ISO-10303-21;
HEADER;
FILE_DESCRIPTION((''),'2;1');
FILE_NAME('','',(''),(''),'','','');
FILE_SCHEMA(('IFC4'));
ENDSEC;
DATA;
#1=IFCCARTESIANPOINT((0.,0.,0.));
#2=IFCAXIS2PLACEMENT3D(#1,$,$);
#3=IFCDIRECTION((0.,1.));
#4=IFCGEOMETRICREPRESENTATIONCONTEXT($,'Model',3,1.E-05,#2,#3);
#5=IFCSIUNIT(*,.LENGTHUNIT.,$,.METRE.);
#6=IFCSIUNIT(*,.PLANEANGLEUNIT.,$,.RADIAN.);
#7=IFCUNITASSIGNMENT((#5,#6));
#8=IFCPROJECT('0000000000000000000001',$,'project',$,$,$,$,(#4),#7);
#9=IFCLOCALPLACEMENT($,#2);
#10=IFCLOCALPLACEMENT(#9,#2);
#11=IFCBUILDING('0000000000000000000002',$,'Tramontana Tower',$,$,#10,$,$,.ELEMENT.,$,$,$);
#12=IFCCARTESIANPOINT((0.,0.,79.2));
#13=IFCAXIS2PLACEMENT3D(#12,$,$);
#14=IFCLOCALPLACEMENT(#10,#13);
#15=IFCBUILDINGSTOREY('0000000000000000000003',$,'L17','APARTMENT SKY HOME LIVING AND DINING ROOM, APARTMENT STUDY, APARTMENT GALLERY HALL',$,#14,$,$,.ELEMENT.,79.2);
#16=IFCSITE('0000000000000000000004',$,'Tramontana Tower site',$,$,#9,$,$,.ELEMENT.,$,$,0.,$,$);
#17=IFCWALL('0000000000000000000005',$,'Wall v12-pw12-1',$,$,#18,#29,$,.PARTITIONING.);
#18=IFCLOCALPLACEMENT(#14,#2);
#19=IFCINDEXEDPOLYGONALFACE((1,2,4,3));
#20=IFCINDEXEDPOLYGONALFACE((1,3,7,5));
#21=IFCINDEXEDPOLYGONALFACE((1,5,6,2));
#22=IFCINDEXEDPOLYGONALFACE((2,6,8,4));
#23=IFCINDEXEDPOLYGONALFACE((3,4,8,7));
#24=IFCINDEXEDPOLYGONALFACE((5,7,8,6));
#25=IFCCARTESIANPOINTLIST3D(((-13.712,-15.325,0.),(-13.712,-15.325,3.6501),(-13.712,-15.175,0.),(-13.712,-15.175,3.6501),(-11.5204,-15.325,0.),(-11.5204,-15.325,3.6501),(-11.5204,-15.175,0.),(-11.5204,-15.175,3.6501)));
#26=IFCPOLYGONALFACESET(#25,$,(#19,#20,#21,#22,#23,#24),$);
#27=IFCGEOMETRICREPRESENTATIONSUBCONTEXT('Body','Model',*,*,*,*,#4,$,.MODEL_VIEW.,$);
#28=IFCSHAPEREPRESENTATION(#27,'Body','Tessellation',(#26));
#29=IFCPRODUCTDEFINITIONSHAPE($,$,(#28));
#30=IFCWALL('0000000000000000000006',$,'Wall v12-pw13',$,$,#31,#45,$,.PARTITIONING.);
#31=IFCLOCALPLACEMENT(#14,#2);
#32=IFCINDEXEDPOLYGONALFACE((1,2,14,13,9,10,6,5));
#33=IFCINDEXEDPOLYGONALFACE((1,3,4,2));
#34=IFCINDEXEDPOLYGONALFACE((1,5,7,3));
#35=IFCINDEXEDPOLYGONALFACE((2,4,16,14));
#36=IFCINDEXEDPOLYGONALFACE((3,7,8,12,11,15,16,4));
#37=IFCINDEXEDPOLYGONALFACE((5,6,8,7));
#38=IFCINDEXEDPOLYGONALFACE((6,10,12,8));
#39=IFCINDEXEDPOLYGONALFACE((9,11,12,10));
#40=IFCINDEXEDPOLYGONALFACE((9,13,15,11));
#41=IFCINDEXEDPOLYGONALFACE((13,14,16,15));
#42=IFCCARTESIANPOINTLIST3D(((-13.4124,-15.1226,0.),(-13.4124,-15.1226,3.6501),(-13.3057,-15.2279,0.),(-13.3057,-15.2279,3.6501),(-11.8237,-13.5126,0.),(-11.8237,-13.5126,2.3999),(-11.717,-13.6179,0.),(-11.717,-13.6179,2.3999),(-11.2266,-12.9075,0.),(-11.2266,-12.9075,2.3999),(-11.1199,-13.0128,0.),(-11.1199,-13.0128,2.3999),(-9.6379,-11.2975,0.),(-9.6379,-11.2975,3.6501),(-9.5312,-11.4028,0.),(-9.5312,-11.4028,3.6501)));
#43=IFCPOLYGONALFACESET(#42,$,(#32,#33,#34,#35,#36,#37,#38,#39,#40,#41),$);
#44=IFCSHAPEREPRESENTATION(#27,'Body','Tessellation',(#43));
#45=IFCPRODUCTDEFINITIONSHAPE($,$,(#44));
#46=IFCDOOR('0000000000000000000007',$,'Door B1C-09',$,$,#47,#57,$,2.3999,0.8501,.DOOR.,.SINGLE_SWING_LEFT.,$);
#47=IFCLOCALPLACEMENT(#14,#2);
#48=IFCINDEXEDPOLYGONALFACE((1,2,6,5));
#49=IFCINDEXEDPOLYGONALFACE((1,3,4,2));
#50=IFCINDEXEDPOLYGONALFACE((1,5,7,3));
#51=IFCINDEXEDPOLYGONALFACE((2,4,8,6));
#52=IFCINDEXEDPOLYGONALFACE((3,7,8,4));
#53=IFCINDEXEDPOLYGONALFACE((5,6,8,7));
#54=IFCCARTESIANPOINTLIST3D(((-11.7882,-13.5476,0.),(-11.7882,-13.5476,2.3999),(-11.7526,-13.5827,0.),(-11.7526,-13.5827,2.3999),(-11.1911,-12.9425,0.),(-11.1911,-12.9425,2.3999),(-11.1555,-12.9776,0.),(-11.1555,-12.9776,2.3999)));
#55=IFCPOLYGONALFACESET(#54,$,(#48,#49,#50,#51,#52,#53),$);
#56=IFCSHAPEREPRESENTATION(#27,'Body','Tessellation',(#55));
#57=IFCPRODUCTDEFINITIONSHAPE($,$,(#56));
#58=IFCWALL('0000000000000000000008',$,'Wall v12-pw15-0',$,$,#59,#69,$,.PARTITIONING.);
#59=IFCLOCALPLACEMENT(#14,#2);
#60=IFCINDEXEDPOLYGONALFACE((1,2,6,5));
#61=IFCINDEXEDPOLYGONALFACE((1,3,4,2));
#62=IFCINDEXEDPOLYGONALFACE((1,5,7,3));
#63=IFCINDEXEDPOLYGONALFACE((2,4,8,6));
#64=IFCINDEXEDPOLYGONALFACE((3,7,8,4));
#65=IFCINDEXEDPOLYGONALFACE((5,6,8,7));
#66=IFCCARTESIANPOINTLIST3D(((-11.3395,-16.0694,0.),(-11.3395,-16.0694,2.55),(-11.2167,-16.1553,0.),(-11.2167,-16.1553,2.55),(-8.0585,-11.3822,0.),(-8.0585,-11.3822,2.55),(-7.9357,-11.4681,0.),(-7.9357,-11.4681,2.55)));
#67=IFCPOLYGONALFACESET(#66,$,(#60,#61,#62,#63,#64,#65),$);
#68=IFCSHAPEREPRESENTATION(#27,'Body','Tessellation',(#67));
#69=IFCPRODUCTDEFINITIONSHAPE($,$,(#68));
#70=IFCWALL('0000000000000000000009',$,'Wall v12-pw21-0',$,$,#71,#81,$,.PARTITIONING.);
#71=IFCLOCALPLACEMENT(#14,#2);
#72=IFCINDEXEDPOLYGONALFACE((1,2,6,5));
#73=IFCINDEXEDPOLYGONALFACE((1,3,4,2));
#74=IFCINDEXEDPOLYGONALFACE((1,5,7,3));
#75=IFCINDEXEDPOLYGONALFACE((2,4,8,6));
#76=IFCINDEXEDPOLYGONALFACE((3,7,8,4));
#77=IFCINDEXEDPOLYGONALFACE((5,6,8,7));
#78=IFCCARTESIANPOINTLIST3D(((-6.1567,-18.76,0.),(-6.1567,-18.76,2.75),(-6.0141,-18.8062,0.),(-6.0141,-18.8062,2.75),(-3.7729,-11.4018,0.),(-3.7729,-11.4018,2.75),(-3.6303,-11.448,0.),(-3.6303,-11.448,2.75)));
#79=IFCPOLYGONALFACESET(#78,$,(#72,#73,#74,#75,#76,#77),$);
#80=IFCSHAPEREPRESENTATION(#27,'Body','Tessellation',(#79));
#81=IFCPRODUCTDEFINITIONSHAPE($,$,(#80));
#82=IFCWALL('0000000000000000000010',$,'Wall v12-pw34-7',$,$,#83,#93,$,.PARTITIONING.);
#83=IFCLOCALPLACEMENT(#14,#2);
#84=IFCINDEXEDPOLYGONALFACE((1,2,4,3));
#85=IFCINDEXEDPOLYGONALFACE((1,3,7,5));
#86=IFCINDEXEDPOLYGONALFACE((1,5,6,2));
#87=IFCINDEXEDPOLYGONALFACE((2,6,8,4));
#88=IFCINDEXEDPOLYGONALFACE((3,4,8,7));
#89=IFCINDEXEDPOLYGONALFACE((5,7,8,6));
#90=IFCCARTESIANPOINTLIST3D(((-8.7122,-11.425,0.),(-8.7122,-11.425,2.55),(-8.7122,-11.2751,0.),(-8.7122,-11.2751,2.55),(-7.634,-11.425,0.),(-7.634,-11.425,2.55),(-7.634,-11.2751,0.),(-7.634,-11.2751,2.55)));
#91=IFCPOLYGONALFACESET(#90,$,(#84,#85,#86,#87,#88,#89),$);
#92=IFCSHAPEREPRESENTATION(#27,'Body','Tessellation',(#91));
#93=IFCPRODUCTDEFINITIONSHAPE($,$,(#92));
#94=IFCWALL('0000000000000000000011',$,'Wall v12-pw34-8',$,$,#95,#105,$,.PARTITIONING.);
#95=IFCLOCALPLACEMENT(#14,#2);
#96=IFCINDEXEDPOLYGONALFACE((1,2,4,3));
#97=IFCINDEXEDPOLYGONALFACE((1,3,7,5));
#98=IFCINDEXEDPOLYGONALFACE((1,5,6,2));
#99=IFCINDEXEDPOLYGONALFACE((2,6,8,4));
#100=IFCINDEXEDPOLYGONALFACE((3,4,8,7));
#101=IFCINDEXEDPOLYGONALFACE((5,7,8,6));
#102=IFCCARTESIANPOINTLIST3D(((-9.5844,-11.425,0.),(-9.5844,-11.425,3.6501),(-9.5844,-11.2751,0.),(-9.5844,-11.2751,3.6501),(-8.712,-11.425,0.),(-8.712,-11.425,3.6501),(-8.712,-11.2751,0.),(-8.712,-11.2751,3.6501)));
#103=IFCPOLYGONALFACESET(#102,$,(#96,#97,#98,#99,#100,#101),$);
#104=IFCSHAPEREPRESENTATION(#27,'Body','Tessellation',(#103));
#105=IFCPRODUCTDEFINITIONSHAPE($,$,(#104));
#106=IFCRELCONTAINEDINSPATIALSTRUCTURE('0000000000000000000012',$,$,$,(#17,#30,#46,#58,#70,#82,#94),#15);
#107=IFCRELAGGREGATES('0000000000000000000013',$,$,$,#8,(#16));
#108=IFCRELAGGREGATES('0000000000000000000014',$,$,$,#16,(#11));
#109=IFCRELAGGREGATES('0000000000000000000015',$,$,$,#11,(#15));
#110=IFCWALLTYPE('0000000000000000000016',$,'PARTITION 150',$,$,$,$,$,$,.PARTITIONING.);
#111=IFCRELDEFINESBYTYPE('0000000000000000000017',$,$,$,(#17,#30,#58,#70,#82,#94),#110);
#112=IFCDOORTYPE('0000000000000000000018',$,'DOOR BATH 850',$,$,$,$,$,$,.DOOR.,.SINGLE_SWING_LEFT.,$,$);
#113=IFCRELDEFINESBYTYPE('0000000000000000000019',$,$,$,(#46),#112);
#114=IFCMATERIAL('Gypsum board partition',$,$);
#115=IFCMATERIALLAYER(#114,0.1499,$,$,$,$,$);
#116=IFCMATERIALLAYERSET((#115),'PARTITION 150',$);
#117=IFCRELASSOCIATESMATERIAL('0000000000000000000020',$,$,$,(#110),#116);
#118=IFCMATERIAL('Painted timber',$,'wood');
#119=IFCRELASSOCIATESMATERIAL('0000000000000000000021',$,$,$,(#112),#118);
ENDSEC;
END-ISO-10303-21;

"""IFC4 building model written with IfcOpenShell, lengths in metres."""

from ifc_helpers import new_model, si_unit, direction, frame, frame_2d, origin, place, context, subcontext, project, spatial, rectangle, extrude, material, layer, layer_set, type_object, element, fill, save


model = new_model("IFC4")

# Units and contexts
model_context = context("Model", 3, precision=1e-05, world=origin(), true_north=direction((0.0, 1.0)))
body_context = subcontext(model_context, "Body", "Model", "MODEL_VIEW")
ifc_project = project(units=[si_unit("LENGTHUNIT", "METRE"), si_unit("PLANEANGLEUNIT", "RADIAN")], contexts=[model_context])

# Site, building, storey
site_placement = place(None, origin())
site = spatial("IfcSite", under=ifc_project, at=site_placement, Name="Tramontana Tower site", CompositionType="ELEMENT", RefElevation=0.0)
building_placement = place(site_placement, origin())
building = spatial("IfcBuilding", under=site, at=building_placement, Name="Tramontana Tower", CompositionType="ELEMENT")
storey_placement = place(building_placement, frame((0.0, 0.0, 79.2)))
storey = spatial("IfcBuildingStorey", under=building, at=storey_placement, Name="L17", Description="APARTMENT SKY HOME LIVING AND DINING ROOM, APARTMENT STUDY, APARTMENT GALLERY HALL", CompositionType="ELEMENT", Elevation=79.2)

# Wall
ifc_material_1 = material(Name="Gypsum board partition")
ifc_layer_1 = layer(ifc_material_1, 0.1499)
ifc_layer_set_1 = layer_set([ifc_layer_1], Name="PARTITION 150")
wall_type_1 = type_object("IfcWallType", Name="PARTITION 150", PredefinedType="PARTITIONING", material=ifc_layer_set_1)
wall_1_placement = place(storey_placement, frame((-11.5205, -15.25, 0.0), z_axis=(0.0, 0.0, 1.0), x_axis=(-1.0, 0.0, 0.0)))
element("IfcWall", 1, at=wall_1_placement, inside=storey, type_object=wall_type_1, Name="Wall v12-pw12-1", PredefinedType="PARTITIONING", context=body_context, shape_type="SweptSolid", body=[
    extrude(rectangle(XDim=2.1917, YDim=0.1499, at=frame_2d((1.0957, 0.0))), origin(), (0.0, 0.0, 1.0), 3.6501),
])

# Wall, opening, door
wall_2_placement = place(storey_placement, frame((-9.5845, -11.3501, 0.0), z_axis=(0.0, 0.0, 1.0), x_axis=(-0.702389, -0.711793, 0.0)))
wall_2 = element("IfcWall", 2, at=wall_2_placement, inside=storey, type_object=wall_type_1, Name="Wall v12-pw13", PredefinedType="PARTITIONING", context=body_context, shape_type="SweptSolid", body=[
    extrude(rectangle(XDim=5.3738, YDim=0.1499, at=frame_2d((2.687, 0.0))), origin(), (0.0, 0.0, 1.0), 3.6501),
])
opening_1_placement = place(wall_2_placement, frame((2.262, 0.0, 0.0)))
opening_1 = element("IfcOpeningElement", 3, at=opening_1_placement, cuts=wall_2, PredefinedType="OPENING", context=body_context, shape_type="SweptSolid", body=[
    extrude(rectangle(XDim=0.8501, YDim=2.3999, at=frame_2d((0.425, 1.2))), frame((0.0, 0.085, 0.0), z_axis=(0.0, -1.0, 0.0), x_axis=(1.0, 0.0, 0.0)), (0.0, 0.0, 1.0), 0.1699),
])
ifc_material_2 = material(Name="Painted timber", Category="wood")
door_type_1 = type_object("IfcDoorType", Name="DOOR BATH 850", OperationType="SINGLE_SWING_LEFT", PredefinedType="DOOR", material=ifc_material_2)
door_1_placement = place(opening_1_placement, origin())
door_1 = element("IfcDoor", 4, at=door_1_placement, inside=storey, type_object=door_type_1, Name="Door B1C-09", OperationType="SINGLE_SWING_LEFT", OverallHeight=2.3999, OverallWidth=0.8501, PredefinedType="DOOR", context=body_context, shape_type="SweptSolid", body=[
    extrude(rectangle(XDim=0.8501, YDim=2.3999, at=frame_2d((0.425, 1.2))), frame((0.0, 0.0249, 0.0), z_axis=(0.0, -1.0, 0.0), x_axis=(1.0, 0.0, 0.0)), (0.0, 0.0, 1.0), 0.05),
])
fill(opening_1, door_1)

# Walls
wall_3_placement = place(storey_placement, frame((-7.9971, -11.425, 0.0), z_axis=(0.0, 0.0, 1.0), x_axis=(-0.573454, -0.819238, 0.0)))
element("IfcWall", 5, at=wall_3_placement, inside=storey, type_object=wall_type_1, Name="Wall v12-pw15-0", PredefinedType="PARTITIONING", context=body_context, shape_type="SweptSolid", body=[
    extrude(rectangle(XDim=5.7214, YDim=0.1499, at=frame_2d((2.8608, 0.0))), origin(), (0.0, 0.0, 1.0), 2.55),
])
wall_4_placement = place(storey_placement, frame((-3.7017, -11.425, 0.0), z_axis=(0.0, 0.0, 1.0), x_axis=(-0.308196, -0.951323, 0.0)))
element("IfcWall", 6, at=wall_4_placement, inside=storey, type_object=wall_type_1, Name="Wall v12-pw21-0", PredefinedType="PARTITIONING", context=body_context, shape_type="SweptSolid", body=[
    extrude(rectangle(XDim=7.7346, YDim=0.1499, at=frame_2d((3.8672, 0.0))), origin(), (0.0, 0.0, 1.0), 2.75),
])

# Walls
wall_5_placement = place(storey_placement, frame((-7.634, -11.3501, 0.0), z_axis=(0.0, 0.0, 1.0), x_axis=(-1.0, 0.0, 0.0)))
element("IfcWall", 7, at=wall_5_placement, inside=storey, type_object=wall_type_1, Name="Wall v12-pw34-7", PredefinedType="PARTITIONING", context=body_context, shape_type="SweptSolid", body=[
    extrude(rectangle(XDim=1.0781, YDim=0.1499, at=frame_2d((0.5391, 0.0))), origin(), (0.0, 0.0, 1.0), 2.55),
])
wall_6_placement = place(storey_placement, frame((-8.7122, -11.3501, 0.0), z_axis=(0.0, 0.0, 1.0), x_axis=(-1.0, 0.0, 0.0)))
element("IfcWall", 8, at=wall_6_placement, inside=storey, type_object=wall_type_1, Name="Wall v12-pw34-8", PredefinedType="PARTITIONING", context=body_context, shape_type="SweptSolid", body=[
    extrude(rectangle(XDim=0.8723, YDim=0.1499, at=frame_2d((0.436, 0.0))), origin(), (0.0, 0.0, 1.0), 3.6501),
])

save(model, "model.ifc")
